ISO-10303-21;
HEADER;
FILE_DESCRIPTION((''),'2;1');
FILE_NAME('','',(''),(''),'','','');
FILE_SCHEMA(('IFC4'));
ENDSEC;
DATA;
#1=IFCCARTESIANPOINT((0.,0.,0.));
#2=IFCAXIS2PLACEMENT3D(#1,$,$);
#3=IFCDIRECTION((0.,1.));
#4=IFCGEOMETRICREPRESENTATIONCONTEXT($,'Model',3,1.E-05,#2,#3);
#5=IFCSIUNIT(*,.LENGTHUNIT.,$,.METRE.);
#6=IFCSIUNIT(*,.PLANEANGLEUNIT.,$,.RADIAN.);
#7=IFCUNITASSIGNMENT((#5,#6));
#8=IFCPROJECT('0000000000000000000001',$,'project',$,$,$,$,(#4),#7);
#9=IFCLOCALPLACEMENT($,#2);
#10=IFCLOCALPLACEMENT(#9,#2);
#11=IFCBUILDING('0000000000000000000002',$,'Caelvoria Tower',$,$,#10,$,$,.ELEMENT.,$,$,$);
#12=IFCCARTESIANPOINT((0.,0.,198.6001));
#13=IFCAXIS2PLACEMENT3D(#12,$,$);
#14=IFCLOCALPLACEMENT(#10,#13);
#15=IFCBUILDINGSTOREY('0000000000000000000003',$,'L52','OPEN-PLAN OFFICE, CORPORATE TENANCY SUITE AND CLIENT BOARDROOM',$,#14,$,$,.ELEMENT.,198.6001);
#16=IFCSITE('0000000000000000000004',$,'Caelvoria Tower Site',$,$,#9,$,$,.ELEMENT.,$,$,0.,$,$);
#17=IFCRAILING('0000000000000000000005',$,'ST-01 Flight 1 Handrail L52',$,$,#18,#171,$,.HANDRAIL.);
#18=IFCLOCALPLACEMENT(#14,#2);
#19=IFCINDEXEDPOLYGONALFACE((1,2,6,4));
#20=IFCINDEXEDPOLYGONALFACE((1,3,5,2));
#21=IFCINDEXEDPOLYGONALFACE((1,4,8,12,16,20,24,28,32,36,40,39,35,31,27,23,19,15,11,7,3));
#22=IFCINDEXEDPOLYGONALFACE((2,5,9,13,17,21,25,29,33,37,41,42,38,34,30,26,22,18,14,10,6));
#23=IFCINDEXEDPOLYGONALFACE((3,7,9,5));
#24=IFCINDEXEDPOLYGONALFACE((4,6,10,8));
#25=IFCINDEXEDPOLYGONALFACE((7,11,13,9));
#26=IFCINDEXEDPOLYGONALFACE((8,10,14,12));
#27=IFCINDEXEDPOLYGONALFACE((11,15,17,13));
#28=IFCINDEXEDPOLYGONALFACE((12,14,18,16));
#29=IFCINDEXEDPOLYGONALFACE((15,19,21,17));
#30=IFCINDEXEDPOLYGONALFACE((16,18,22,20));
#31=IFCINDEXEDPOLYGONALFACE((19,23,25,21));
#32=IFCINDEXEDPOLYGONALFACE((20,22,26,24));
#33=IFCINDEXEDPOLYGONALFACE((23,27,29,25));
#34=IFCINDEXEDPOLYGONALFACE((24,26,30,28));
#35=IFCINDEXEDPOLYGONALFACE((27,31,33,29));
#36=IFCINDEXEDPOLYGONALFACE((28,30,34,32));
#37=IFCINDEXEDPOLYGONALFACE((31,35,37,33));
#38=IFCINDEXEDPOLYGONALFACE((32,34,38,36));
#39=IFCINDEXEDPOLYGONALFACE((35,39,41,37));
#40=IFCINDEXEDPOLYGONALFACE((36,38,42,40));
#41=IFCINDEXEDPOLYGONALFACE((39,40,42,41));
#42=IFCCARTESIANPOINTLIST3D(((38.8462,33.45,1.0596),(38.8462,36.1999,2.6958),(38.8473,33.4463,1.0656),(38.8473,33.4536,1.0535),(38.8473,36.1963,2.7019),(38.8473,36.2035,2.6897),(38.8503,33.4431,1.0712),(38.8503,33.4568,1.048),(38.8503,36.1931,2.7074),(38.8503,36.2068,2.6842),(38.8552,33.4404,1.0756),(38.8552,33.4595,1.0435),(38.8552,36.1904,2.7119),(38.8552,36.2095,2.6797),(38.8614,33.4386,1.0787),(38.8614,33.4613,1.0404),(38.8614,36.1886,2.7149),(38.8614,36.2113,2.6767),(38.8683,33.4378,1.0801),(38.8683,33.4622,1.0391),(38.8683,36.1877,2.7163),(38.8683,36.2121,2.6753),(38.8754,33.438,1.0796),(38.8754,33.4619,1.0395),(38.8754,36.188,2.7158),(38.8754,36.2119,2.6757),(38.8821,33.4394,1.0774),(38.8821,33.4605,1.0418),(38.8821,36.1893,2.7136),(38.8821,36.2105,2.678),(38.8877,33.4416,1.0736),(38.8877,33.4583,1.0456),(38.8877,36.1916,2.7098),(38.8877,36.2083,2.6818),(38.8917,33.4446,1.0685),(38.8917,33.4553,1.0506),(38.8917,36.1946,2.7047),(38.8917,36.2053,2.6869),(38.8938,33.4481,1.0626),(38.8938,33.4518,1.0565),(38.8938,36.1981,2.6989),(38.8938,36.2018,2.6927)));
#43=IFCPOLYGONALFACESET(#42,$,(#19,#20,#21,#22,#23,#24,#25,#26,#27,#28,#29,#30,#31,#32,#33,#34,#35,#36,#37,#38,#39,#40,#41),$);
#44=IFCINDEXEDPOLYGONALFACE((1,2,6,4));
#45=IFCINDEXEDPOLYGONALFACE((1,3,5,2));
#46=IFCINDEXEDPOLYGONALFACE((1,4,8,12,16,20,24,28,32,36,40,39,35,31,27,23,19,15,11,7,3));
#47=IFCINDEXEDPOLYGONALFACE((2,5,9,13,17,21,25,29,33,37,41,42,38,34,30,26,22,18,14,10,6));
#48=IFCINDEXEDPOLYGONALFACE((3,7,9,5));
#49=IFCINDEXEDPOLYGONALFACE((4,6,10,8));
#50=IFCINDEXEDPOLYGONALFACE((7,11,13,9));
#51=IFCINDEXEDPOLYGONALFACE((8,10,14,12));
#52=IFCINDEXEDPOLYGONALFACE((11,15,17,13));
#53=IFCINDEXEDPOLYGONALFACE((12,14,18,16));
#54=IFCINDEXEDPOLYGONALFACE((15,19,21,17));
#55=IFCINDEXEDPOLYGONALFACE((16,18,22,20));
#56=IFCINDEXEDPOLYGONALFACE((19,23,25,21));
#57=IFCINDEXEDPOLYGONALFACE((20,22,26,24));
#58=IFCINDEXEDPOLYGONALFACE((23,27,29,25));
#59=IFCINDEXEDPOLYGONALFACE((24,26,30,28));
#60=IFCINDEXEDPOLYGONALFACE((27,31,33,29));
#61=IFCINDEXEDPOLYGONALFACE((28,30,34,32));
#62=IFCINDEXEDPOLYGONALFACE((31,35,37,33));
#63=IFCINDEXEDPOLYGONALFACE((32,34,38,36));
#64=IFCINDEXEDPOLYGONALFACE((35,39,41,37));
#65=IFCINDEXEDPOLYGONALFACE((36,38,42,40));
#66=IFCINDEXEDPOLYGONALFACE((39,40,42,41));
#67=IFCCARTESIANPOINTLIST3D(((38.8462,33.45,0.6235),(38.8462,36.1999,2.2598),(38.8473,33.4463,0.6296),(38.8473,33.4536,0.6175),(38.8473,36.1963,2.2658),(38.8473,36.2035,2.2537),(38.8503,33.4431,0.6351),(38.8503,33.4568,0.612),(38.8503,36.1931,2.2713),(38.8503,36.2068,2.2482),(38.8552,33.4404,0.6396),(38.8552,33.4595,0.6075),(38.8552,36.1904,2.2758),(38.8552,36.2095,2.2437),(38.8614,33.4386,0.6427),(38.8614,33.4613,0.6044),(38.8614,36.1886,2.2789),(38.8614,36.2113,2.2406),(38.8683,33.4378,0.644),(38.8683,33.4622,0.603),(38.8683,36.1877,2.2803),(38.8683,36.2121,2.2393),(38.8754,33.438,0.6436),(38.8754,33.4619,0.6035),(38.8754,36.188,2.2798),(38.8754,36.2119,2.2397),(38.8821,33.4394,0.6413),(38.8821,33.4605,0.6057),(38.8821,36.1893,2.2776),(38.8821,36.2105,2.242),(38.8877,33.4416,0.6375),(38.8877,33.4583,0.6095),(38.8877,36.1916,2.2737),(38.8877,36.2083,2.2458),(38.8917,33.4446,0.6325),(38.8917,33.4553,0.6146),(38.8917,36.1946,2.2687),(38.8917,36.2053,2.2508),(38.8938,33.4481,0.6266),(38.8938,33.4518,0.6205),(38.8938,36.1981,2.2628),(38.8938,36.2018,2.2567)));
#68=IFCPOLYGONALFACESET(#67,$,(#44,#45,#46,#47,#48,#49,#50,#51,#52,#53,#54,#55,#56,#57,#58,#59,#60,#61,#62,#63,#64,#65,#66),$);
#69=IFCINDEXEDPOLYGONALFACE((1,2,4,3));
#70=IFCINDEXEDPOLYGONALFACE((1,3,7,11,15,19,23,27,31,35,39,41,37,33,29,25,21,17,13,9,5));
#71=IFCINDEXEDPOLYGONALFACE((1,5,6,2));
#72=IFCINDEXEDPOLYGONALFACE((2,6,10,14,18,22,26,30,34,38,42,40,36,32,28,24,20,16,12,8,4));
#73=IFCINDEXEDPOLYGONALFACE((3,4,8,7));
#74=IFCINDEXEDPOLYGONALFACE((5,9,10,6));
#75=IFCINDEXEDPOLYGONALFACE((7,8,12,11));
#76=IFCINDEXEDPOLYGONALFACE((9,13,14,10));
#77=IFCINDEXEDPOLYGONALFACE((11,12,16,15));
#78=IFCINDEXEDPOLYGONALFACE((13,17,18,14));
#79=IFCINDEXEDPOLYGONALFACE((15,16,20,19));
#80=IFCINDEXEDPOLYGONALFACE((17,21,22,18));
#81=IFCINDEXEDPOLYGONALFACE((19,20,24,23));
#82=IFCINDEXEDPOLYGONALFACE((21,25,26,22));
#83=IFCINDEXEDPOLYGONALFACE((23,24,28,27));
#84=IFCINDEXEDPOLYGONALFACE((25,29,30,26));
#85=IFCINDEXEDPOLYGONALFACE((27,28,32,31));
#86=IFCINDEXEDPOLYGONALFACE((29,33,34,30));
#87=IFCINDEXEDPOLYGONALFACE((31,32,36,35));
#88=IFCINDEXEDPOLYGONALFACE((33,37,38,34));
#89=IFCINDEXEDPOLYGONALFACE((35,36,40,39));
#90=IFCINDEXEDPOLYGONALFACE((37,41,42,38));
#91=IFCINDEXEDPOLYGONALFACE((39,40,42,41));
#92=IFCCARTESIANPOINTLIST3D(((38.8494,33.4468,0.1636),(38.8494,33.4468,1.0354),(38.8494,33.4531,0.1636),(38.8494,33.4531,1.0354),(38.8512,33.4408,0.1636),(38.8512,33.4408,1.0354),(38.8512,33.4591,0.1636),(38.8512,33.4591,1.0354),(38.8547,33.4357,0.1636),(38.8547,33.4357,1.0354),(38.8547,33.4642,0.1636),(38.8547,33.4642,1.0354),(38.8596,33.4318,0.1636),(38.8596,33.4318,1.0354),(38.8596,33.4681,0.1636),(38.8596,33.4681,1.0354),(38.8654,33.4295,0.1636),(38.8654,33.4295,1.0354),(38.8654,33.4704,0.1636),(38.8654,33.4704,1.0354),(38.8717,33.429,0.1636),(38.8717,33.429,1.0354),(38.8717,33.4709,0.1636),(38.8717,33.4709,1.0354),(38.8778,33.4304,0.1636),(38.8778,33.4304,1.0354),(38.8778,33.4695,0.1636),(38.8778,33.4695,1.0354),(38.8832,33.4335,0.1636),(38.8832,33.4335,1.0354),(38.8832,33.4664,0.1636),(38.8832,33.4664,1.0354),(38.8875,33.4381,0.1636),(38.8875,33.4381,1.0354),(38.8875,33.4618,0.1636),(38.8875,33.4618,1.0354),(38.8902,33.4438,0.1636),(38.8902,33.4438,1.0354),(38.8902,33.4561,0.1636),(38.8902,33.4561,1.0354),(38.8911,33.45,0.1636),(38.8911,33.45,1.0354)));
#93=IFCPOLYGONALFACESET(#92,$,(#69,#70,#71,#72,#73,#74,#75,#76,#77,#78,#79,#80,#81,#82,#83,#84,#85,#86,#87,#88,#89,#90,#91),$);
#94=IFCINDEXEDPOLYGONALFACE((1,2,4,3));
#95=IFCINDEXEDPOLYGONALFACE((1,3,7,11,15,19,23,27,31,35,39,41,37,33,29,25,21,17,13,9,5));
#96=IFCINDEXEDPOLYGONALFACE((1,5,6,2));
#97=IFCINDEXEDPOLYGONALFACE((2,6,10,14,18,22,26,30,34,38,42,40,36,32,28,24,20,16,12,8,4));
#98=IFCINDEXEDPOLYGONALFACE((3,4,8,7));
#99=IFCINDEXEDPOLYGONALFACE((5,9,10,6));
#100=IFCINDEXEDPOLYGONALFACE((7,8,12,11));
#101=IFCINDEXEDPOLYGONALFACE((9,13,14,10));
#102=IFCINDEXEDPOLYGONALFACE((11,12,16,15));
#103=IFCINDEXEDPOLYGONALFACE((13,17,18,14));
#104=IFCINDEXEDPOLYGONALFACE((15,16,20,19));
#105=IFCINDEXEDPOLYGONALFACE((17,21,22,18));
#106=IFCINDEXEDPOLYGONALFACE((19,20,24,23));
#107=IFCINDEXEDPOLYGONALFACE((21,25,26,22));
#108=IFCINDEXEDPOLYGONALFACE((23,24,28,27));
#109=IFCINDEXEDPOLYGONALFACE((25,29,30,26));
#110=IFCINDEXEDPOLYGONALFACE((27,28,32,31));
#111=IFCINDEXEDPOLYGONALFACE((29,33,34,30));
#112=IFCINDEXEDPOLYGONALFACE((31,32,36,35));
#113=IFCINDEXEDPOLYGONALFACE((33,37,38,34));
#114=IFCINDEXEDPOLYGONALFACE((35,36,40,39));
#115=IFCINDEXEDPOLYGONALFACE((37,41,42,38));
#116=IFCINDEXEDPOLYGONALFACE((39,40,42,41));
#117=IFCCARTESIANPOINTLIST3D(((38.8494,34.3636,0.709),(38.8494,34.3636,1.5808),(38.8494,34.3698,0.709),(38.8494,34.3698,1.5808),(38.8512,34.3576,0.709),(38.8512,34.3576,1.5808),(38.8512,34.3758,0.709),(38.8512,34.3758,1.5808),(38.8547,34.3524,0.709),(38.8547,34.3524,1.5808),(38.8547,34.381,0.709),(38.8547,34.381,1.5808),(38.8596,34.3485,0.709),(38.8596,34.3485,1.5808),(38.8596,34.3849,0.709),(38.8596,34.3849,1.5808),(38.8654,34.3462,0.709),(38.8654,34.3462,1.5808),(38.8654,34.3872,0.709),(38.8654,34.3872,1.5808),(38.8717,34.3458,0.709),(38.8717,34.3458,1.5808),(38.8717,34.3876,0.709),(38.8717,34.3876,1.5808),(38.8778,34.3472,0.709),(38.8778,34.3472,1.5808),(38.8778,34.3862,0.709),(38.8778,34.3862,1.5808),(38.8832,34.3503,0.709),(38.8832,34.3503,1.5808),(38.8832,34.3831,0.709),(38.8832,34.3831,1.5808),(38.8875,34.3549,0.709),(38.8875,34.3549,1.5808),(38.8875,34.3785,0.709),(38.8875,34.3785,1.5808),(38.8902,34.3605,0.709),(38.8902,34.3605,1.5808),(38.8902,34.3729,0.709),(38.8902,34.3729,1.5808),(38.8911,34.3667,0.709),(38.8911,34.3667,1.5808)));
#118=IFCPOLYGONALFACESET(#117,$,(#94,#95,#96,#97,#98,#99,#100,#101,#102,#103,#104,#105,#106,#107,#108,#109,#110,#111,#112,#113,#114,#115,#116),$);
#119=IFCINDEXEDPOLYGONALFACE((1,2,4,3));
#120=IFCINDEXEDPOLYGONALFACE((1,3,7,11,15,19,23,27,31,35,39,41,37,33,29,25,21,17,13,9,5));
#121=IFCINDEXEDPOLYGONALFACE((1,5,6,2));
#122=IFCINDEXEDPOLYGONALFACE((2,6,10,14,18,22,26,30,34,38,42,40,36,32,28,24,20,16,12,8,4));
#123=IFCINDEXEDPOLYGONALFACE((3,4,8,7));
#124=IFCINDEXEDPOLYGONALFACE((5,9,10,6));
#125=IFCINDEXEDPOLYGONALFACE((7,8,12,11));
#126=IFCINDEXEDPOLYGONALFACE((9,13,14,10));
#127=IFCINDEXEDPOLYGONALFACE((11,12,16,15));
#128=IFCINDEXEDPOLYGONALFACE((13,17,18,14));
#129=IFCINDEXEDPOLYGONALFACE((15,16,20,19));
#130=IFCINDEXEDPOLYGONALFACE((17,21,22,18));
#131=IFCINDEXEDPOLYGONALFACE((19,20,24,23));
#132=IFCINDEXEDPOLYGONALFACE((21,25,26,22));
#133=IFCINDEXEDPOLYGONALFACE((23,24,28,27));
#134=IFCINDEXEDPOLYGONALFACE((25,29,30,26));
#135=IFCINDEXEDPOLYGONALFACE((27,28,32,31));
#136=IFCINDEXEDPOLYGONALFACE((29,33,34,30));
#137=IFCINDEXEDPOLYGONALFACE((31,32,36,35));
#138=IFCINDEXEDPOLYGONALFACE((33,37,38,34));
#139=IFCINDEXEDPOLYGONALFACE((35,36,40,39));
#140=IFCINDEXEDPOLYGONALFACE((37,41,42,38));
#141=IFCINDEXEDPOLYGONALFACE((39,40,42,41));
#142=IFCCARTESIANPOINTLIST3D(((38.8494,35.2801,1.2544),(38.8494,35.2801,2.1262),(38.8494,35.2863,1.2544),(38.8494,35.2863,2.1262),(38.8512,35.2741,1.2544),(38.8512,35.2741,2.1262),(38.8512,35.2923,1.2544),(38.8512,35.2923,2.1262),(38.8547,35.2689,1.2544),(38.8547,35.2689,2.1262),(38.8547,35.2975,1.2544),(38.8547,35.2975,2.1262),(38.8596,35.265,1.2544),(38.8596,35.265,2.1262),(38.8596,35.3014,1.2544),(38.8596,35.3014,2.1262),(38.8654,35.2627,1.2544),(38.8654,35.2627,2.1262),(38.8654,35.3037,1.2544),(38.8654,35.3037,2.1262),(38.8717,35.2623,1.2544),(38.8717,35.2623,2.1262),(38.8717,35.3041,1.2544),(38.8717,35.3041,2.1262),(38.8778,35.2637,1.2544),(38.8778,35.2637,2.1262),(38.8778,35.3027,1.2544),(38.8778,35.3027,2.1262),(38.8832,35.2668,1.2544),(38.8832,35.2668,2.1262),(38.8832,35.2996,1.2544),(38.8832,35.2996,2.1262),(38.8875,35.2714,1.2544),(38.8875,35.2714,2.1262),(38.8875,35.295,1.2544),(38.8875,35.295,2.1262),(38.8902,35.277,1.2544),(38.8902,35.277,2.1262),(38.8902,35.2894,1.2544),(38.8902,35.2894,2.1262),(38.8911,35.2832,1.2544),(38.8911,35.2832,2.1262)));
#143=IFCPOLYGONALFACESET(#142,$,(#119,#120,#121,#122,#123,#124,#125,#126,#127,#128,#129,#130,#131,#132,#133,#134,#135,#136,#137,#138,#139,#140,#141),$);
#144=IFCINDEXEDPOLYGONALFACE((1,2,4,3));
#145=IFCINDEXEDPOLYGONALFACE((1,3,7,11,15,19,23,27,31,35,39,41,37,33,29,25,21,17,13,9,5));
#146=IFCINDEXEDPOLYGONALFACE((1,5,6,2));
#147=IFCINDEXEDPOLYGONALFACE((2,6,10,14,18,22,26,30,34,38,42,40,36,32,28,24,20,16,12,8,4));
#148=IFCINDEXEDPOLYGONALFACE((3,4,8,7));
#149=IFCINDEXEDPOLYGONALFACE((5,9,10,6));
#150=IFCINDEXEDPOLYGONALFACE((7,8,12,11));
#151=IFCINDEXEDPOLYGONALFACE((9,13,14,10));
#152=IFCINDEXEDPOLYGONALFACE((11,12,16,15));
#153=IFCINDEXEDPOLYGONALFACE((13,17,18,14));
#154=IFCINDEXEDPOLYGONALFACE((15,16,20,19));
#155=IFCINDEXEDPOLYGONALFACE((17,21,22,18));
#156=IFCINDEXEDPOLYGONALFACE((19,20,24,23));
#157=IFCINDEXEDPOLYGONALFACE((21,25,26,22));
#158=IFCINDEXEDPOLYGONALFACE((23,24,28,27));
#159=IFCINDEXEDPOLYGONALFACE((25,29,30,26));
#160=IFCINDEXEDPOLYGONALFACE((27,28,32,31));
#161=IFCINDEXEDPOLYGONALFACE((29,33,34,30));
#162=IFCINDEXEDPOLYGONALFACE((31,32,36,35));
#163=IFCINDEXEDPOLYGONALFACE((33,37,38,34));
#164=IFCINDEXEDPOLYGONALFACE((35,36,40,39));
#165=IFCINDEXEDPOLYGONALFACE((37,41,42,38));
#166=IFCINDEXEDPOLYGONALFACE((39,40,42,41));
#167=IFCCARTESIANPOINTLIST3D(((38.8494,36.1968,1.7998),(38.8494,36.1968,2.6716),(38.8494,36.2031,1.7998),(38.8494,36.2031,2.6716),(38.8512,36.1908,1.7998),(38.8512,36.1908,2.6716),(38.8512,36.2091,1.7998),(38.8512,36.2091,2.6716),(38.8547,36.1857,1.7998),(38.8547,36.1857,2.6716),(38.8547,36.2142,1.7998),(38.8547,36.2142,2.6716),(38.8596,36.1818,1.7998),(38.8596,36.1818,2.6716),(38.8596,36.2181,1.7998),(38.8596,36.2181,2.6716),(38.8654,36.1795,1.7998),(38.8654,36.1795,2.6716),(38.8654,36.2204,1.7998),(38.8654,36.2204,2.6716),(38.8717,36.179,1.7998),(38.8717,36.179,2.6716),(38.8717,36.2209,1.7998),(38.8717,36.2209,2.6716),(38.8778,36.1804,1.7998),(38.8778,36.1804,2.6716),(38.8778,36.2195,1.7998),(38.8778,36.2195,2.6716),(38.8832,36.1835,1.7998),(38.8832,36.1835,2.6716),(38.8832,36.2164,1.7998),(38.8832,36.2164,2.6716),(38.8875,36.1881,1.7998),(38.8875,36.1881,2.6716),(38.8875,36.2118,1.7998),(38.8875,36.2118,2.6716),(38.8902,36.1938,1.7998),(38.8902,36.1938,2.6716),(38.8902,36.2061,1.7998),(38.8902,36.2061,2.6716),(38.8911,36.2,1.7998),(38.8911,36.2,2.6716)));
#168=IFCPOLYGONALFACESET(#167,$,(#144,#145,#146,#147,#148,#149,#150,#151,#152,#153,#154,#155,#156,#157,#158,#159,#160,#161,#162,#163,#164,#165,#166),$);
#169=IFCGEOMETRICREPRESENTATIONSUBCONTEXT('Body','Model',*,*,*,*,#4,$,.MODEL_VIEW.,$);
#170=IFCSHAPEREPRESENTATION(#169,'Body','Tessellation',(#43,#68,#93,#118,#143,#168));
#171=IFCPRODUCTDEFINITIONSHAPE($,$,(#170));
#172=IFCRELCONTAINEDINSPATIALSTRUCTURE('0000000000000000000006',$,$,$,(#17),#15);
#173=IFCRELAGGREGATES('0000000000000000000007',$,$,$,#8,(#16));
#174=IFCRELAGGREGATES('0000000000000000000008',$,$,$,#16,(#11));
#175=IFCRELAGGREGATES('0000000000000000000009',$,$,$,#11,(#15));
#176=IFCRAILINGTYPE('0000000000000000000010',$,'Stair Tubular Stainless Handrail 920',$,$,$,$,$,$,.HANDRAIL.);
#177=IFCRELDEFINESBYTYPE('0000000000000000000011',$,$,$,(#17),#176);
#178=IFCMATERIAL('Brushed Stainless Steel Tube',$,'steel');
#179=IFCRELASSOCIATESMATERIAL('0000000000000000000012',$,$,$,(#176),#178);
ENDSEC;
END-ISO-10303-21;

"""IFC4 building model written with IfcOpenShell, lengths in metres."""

from ifc_helpers import new_model, si_unit, direction, frame, origin, origin_2d, place, context, subcontext, project, spatial, circle, extrude, material, type_object, element, save


model = new_model("IFC4")

# Units and contexts
model_context = context("Model", 3, precision=1e-05, world=origin(), true_north=direction((0.0, 1.0)))
body_context = subcontext(model_context, "Body", "Model", "MODEL_VIEW")
ifc_project = project(units=[si_unit("LENGTHUNIT", "METRE"), si_unit("PLANEANGLEUNIT", "RADIAN")], contexts=[model_context])

# Site, building, storey
site_placement = place(None, origin())
site = spatial("IfcSite", under=ifc_project, at=site_placement, Name="Caelvoria Tower Site", CompositionType="ELEMENT", RefElevation=0.0)
building_placement = place(site_placement, origin())
building = spatial("IfcBuilding", under=site, at=building_placement, Name="Caelvoria Tower", CompositionType="ELEMENT")
storey_placement = place(building_placement, frame((0.0, 0.0, 198.6001)))
storey = spatial("IfcBuildingStorey", under=building, at=storey_placement, Name="L52", Description="OPEN-PLAN OFFICE, CORPORATE TENANCY SUITE AND CLIENT BOARDROOM", CompositionType="ELEMENT", Elevation=198.6001)

# Railing
ifc_material_1 = material(Name="Brushed Stainless Steel Tube", Category="steel")
railing_type_1 = type_object("IfcRailingType", Name="Stair Tubular Stainless Handrail 920", PredefinedType="HANDRAIL", material=ifc_material_1)
railing_1_placement = place(storey_placement, frame((38.8701, 33.45, 0.1636)))
element("IfcRailing", 1, at=railing_1_placement, inside=storey, type_object=railing_type_1, Name="ST-01 Flight 1 Handrail L52", PredefinedType="HANDRAIL", context=body_context, shape_type="SweptSolid", body=[
    extrude(circle(Radius=0.0239, at=origin_2d()), frame((0.0, 0.0, 0.896), z_axis=(0.0, 0.859385, 0.511328), x_axis=(-1.0, 0.0, 0.0)), (0.0, 0.0, 1.0), 3.2),
    extrude(circle(Radius=0.0239, at=origin_2d()), frame((0.0, 0.0, 0.46), z_axis=(0.0, 0.859385, 0.511328), x_axis=(-1.0, 0.0, 0.0)), (0.0, 0.0, 1.0), 3.2),
    extrude(circle(Radius=0.021, at=origin_2d()), origin(), (0.0, 0.0, 1.0), 0.8718),
    extrude(circle(Radius=0.021, at=origin_2d()), frame((0.0, 0.9167, 0.5454)), (0.0, 0.0, 1.0), 0.8718),
    extrude(circle(Radius=0.021, at=origin_2d()), frame((0.0, 1.8333, 1.0908)), (0.0, 0.0, 1.0), 0.8718),
    extrude(circle(Radius=0.021, at=origin_2d()), frame((0.0, 2.75, 1.6362)), (0.0, 0.0, 1.0), 0.8718),
])

save(model, "model.ifc")
